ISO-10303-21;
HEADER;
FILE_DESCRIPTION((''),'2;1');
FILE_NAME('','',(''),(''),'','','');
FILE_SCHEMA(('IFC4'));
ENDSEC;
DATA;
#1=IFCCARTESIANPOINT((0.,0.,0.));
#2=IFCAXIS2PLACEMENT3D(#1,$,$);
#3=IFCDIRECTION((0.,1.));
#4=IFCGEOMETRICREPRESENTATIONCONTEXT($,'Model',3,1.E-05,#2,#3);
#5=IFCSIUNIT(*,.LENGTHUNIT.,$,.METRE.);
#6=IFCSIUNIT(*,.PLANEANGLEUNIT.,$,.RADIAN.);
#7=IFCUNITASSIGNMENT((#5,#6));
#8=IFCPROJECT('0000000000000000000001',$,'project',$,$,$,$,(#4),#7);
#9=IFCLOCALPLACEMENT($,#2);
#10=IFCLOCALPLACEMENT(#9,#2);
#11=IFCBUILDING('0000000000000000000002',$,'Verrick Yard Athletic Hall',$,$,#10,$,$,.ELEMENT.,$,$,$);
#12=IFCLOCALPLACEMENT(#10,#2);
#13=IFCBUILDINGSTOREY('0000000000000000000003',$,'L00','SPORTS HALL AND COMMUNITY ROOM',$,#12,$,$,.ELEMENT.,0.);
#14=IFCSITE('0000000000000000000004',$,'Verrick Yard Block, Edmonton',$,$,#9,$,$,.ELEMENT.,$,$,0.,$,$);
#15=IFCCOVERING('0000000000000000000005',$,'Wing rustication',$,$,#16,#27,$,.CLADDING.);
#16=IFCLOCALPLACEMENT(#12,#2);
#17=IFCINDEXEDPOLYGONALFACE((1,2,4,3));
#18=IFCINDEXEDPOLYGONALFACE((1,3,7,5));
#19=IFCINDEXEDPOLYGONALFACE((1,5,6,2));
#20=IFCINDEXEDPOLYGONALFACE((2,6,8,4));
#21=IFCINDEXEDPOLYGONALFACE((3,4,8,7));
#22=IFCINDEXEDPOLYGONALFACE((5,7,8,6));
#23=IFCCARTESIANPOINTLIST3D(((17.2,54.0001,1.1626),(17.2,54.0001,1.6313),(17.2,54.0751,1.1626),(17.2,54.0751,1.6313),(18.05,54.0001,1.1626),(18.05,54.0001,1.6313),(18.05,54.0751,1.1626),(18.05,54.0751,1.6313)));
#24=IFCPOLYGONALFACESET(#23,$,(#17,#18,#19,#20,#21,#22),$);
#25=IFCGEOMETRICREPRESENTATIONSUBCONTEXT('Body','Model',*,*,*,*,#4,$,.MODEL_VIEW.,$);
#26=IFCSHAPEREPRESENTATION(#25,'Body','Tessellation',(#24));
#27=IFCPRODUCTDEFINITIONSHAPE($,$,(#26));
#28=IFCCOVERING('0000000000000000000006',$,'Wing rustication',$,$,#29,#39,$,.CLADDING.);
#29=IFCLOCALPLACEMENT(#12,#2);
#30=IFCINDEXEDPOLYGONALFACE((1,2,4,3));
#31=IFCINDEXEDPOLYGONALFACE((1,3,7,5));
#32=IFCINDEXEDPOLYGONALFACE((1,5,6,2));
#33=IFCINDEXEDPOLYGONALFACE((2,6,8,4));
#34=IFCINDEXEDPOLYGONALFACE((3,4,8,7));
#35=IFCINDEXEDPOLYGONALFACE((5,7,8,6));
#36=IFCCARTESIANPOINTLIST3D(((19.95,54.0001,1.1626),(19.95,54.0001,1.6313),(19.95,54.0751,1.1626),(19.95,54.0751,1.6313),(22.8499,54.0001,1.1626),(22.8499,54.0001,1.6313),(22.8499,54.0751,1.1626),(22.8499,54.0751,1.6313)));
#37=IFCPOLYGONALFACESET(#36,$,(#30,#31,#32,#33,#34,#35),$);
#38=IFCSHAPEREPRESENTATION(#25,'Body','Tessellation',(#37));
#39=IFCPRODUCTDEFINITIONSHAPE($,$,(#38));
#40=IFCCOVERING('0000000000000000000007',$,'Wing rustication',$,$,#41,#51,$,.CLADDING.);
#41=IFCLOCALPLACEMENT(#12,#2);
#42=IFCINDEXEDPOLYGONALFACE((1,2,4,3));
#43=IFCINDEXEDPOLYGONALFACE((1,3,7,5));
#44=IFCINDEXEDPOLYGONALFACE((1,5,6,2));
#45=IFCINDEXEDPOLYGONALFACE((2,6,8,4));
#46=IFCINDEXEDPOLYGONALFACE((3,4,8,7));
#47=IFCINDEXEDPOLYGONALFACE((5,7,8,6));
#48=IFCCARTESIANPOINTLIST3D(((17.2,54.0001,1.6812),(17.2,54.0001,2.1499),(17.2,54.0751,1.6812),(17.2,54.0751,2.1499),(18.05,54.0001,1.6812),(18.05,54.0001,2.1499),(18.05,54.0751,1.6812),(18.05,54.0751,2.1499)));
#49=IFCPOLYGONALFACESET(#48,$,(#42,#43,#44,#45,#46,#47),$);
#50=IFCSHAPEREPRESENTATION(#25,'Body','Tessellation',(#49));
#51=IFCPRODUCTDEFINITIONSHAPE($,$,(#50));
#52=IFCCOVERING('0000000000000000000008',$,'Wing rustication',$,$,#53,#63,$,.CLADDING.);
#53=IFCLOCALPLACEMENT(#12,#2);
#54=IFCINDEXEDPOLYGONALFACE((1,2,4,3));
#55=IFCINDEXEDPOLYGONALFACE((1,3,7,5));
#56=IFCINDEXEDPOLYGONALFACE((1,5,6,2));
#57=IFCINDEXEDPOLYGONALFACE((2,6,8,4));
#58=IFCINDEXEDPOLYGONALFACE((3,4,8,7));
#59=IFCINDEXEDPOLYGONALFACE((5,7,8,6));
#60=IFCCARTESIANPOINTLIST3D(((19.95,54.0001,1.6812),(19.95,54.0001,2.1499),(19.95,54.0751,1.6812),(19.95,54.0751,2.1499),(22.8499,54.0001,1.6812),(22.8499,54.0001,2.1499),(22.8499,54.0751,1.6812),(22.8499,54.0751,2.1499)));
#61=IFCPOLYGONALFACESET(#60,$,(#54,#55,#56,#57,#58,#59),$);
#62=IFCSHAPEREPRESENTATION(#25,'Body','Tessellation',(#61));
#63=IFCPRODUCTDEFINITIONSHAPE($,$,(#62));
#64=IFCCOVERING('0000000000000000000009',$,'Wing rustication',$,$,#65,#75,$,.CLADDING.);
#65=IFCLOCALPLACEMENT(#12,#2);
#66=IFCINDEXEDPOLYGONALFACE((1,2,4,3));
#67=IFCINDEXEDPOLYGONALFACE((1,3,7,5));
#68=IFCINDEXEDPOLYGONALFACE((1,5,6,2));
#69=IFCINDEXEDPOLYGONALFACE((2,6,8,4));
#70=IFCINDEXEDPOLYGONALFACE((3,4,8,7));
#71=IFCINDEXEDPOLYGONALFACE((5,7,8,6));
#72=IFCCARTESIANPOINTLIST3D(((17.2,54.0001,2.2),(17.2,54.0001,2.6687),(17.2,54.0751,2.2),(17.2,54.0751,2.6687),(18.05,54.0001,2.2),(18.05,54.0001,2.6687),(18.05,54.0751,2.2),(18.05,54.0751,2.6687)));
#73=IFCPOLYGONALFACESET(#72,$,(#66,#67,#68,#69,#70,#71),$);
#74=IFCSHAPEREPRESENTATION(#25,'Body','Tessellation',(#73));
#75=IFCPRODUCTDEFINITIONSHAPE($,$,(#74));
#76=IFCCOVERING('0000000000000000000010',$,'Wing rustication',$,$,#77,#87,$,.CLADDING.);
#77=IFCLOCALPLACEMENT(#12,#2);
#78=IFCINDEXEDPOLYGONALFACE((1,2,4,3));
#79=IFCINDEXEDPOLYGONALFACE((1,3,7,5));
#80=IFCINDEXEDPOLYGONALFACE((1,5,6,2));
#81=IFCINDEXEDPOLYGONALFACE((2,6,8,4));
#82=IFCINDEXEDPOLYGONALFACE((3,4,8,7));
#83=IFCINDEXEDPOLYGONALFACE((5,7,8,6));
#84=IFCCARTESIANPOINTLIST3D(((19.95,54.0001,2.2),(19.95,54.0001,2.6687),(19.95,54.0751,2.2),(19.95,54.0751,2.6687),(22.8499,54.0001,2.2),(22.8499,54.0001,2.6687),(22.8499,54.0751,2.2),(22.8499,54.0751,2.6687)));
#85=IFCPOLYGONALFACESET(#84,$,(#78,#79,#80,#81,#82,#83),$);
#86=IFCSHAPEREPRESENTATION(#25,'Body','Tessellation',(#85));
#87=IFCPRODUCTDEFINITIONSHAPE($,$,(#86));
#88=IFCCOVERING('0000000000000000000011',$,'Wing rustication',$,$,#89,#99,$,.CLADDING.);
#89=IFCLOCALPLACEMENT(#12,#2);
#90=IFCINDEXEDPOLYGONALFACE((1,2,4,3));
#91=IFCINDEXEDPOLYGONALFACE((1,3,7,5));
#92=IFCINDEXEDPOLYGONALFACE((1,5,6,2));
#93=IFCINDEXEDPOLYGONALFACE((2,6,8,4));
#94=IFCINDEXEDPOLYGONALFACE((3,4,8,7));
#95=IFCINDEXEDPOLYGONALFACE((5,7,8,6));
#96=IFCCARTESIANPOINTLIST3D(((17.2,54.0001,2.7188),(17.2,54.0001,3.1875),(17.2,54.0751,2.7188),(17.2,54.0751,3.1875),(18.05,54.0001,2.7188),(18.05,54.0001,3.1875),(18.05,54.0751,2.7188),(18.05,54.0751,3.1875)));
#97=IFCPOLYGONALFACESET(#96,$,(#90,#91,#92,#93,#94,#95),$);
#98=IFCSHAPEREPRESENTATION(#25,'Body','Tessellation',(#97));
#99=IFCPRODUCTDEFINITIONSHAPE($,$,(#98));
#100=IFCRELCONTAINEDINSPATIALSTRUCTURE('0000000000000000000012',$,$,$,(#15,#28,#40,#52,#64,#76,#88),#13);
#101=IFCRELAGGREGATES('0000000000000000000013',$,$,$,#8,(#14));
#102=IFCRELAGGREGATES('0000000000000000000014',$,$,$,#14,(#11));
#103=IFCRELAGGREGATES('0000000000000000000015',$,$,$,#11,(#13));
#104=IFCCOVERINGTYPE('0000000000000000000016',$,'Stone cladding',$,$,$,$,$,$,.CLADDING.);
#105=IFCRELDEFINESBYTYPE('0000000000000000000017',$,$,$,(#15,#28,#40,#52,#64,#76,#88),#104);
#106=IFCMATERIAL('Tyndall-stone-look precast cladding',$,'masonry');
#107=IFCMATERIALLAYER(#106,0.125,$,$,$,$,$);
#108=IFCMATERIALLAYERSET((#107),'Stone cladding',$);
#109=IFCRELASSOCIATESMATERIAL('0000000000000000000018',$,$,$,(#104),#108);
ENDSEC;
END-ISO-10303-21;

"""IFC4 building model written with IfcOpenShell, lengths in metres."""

from ifc_helpers import new_model, si_unit, direction, frame, origin, origin_2d, place, context, subcontext, project, spatial, rectangle, extrude, material, layer, layer_set, type_object, element, save


model = new_model("IFC4")

# Units and contexts
model_context = context("Model", 3, precision=1e-05, world=origin(), true_north=direction((0.0, 1.0)))
body_context = subcontext(model_context, "Body", "Model", "MODEL_VIEW")
ifc_project = project(units=[si_unit("LENGTHUNIT", "METRE"), si_unit("PLANEANGLEUNIT", "RADIAN")], contexts=[model_context])

# Site, building, storey
site_placement = place(None, origin())
site = spatial("IfcSite", under=ifc_project, at=site_placement, Name="Verrick Yard Block, Edmonton", CompositionType="ELEMENT", RefElevation=0.0)
building_placement = place(site_placement, origin())
building = spatial("IfcBuilding", under=site, at=building_placement, Name="Verrick Yard Athletic Hall", CompositionType="ELEMENT")
storey_placement = place(building_placement, origin())
storey = spatial("IfcBuildingStorey", under=building, at=storey_placement, Name="L00", Description="SPORTS HALL AND COMMUNITY ROOM", CompositionType="ELEMENT", Elevation=0.0)

# Shared definitions
ifc_material_1 = material(Name="Tyndall-stone-look precast cladding", Category="masonry")

# Coverings
ifc_layer_1 = layer(ifc_material_1, 0.125)
ifc_layer_set_1 = layer_set([ifc_layer_1], Name="Stone cladding")
covering_type = type_object("IfcCoveringType", Name="Stone cladding", PredefinedType="CLADDING", material=ifc_layer_set_1)
covering_1_placement = place(storey_placement, frame((17.625, 54.0376, 1.1626), z_axis=(0.0, 0.0, 1.0), x_axis=(1.0, 0.0, 0.0)))
element("IfcCovering", 1, at=covering_1_placement, inside=storey, type_object=covering_type, Name="Wing rustication", PredefinedType="CLADDING", context=body_context, shape_type="SweptSolid", body=[
    extrude(rectangle(XDim=0.8501, YDim=0.075, at=origin_2d()), origin(), (0.0, 0.0, 1.0), 0.4688),
])
covering_2_placement = place(storey_placement, frame((21.3999, 54.0376, 1.1626), z_axis=(0.0, 0.0, 1.0), x_axis=(1.0, 0.0, 0.0)))
element("IfcCovering", 2, at=covering_2_placement, inside=storey, type_object=covering_type, Name="Wing rustication", PredefinedType="CLADDING", context=body_context, shape_type="SweptSolid", body=[
    extrude(rectangle(XDim=2.8999, YDim=0.075, at=origin_2d()), origin(), (0.0, 0.0, 1.0), 0.4688),
])
covering_3_placement = place(storey_placement, frame((17.625, 54.0376, 1.6812), z_axis=(0.0, 0.0, 1.0), x_axis=(1.0, 0.0, 0.0)))
element("IfcCovering", 3, at=covering_3_placement, inside=storey, type_object=covering_type, Name="Wing rustication", PredefinedType="CLADDING", context=body_context, shape_type="SweptSolid", body=[
    extrude(rectangle(XDim=0.8501, YDim=0.075, at=origin_2d()), origin(), (0.0, 0.0, 1.0), 0.4688),
])
covering_4_placement = place(storey_placement, frame((21.3999, 54.0376, 1.6812), z_axis=(0.0, 0.0, 1.0), x_axis=(1.0, 0.0, 0.0)))
element("IfcCovering", 4, at=covering_4_placement, inside=storey, type_object=covering_type, Name="Wing rustication", PredefinedType="CLADDING", context=body_context, shape_type="SweptSolid", body=[
    extrude(rectangle(XDim=2.8999, YDim=0.075, at=origin_2d()), origin(), (0.0, 0.0, 1.0), 0.4688),
])
covering_5_placement = place(storey_placement, frame((17.625, 54.0376, 2.2), z_axis=(0.0, 0.0, 1.0), x_axis=(1.0, 0.0, 0.0)))
element("IfcCovering", 5, at=covering_5_placement, inside=storey, type_object=covering_type, Name="Wing rustication", PredefinedType="CLADDING", context=body_context, shape_type="SweptSolid", body=[
    extrude(rectangle(XDim=0.8501, YDim=0.075, at=origin_2d()), origin(), (0.0, 0.0, 1.0), 0.4688),
])
covering_6_placement = place(storey_placement, frame((21.3999, 54.0376, 2.2), z_axis=(0.0, 0.0, 1.0), x_axis=(1.0, 0.0, 0.0)))
element("IfcCovering", 6, at=covering_6_placement, inside=storey, type_object=covering_type, Name="Wing rustication", PredefinedType="CLADDING", context=body_context, shape_type="SweptSolid", body=[
    extrude(rectangle(XDim=2.8999, YDim=0.075, at=origin_2d()), origin(), (0.0, 0.0, 1.0), 0.4688),
])
covering_7_placement = place(storey_placement, frame((17.625, 54.0376, 2.7188), z_axis=(0.0, 0.0, 1.0), x_axis=(1.0, 0.0, 0.0)))
element("IfcCovering", 7, at=covering_7_placement, inside=storey, type_object=covering_type, Name="Wing rustication", PredefinedType="CLADDING", context=body_context, shape_type="SweptSolid", body=[
    extrude(rectangle(XDim=0.8501, YDim=0.075, at=origin_2d()), origin(), (0.0, 0.0, 1.0), 0.4688),
])

save(model, "model.ifc")
